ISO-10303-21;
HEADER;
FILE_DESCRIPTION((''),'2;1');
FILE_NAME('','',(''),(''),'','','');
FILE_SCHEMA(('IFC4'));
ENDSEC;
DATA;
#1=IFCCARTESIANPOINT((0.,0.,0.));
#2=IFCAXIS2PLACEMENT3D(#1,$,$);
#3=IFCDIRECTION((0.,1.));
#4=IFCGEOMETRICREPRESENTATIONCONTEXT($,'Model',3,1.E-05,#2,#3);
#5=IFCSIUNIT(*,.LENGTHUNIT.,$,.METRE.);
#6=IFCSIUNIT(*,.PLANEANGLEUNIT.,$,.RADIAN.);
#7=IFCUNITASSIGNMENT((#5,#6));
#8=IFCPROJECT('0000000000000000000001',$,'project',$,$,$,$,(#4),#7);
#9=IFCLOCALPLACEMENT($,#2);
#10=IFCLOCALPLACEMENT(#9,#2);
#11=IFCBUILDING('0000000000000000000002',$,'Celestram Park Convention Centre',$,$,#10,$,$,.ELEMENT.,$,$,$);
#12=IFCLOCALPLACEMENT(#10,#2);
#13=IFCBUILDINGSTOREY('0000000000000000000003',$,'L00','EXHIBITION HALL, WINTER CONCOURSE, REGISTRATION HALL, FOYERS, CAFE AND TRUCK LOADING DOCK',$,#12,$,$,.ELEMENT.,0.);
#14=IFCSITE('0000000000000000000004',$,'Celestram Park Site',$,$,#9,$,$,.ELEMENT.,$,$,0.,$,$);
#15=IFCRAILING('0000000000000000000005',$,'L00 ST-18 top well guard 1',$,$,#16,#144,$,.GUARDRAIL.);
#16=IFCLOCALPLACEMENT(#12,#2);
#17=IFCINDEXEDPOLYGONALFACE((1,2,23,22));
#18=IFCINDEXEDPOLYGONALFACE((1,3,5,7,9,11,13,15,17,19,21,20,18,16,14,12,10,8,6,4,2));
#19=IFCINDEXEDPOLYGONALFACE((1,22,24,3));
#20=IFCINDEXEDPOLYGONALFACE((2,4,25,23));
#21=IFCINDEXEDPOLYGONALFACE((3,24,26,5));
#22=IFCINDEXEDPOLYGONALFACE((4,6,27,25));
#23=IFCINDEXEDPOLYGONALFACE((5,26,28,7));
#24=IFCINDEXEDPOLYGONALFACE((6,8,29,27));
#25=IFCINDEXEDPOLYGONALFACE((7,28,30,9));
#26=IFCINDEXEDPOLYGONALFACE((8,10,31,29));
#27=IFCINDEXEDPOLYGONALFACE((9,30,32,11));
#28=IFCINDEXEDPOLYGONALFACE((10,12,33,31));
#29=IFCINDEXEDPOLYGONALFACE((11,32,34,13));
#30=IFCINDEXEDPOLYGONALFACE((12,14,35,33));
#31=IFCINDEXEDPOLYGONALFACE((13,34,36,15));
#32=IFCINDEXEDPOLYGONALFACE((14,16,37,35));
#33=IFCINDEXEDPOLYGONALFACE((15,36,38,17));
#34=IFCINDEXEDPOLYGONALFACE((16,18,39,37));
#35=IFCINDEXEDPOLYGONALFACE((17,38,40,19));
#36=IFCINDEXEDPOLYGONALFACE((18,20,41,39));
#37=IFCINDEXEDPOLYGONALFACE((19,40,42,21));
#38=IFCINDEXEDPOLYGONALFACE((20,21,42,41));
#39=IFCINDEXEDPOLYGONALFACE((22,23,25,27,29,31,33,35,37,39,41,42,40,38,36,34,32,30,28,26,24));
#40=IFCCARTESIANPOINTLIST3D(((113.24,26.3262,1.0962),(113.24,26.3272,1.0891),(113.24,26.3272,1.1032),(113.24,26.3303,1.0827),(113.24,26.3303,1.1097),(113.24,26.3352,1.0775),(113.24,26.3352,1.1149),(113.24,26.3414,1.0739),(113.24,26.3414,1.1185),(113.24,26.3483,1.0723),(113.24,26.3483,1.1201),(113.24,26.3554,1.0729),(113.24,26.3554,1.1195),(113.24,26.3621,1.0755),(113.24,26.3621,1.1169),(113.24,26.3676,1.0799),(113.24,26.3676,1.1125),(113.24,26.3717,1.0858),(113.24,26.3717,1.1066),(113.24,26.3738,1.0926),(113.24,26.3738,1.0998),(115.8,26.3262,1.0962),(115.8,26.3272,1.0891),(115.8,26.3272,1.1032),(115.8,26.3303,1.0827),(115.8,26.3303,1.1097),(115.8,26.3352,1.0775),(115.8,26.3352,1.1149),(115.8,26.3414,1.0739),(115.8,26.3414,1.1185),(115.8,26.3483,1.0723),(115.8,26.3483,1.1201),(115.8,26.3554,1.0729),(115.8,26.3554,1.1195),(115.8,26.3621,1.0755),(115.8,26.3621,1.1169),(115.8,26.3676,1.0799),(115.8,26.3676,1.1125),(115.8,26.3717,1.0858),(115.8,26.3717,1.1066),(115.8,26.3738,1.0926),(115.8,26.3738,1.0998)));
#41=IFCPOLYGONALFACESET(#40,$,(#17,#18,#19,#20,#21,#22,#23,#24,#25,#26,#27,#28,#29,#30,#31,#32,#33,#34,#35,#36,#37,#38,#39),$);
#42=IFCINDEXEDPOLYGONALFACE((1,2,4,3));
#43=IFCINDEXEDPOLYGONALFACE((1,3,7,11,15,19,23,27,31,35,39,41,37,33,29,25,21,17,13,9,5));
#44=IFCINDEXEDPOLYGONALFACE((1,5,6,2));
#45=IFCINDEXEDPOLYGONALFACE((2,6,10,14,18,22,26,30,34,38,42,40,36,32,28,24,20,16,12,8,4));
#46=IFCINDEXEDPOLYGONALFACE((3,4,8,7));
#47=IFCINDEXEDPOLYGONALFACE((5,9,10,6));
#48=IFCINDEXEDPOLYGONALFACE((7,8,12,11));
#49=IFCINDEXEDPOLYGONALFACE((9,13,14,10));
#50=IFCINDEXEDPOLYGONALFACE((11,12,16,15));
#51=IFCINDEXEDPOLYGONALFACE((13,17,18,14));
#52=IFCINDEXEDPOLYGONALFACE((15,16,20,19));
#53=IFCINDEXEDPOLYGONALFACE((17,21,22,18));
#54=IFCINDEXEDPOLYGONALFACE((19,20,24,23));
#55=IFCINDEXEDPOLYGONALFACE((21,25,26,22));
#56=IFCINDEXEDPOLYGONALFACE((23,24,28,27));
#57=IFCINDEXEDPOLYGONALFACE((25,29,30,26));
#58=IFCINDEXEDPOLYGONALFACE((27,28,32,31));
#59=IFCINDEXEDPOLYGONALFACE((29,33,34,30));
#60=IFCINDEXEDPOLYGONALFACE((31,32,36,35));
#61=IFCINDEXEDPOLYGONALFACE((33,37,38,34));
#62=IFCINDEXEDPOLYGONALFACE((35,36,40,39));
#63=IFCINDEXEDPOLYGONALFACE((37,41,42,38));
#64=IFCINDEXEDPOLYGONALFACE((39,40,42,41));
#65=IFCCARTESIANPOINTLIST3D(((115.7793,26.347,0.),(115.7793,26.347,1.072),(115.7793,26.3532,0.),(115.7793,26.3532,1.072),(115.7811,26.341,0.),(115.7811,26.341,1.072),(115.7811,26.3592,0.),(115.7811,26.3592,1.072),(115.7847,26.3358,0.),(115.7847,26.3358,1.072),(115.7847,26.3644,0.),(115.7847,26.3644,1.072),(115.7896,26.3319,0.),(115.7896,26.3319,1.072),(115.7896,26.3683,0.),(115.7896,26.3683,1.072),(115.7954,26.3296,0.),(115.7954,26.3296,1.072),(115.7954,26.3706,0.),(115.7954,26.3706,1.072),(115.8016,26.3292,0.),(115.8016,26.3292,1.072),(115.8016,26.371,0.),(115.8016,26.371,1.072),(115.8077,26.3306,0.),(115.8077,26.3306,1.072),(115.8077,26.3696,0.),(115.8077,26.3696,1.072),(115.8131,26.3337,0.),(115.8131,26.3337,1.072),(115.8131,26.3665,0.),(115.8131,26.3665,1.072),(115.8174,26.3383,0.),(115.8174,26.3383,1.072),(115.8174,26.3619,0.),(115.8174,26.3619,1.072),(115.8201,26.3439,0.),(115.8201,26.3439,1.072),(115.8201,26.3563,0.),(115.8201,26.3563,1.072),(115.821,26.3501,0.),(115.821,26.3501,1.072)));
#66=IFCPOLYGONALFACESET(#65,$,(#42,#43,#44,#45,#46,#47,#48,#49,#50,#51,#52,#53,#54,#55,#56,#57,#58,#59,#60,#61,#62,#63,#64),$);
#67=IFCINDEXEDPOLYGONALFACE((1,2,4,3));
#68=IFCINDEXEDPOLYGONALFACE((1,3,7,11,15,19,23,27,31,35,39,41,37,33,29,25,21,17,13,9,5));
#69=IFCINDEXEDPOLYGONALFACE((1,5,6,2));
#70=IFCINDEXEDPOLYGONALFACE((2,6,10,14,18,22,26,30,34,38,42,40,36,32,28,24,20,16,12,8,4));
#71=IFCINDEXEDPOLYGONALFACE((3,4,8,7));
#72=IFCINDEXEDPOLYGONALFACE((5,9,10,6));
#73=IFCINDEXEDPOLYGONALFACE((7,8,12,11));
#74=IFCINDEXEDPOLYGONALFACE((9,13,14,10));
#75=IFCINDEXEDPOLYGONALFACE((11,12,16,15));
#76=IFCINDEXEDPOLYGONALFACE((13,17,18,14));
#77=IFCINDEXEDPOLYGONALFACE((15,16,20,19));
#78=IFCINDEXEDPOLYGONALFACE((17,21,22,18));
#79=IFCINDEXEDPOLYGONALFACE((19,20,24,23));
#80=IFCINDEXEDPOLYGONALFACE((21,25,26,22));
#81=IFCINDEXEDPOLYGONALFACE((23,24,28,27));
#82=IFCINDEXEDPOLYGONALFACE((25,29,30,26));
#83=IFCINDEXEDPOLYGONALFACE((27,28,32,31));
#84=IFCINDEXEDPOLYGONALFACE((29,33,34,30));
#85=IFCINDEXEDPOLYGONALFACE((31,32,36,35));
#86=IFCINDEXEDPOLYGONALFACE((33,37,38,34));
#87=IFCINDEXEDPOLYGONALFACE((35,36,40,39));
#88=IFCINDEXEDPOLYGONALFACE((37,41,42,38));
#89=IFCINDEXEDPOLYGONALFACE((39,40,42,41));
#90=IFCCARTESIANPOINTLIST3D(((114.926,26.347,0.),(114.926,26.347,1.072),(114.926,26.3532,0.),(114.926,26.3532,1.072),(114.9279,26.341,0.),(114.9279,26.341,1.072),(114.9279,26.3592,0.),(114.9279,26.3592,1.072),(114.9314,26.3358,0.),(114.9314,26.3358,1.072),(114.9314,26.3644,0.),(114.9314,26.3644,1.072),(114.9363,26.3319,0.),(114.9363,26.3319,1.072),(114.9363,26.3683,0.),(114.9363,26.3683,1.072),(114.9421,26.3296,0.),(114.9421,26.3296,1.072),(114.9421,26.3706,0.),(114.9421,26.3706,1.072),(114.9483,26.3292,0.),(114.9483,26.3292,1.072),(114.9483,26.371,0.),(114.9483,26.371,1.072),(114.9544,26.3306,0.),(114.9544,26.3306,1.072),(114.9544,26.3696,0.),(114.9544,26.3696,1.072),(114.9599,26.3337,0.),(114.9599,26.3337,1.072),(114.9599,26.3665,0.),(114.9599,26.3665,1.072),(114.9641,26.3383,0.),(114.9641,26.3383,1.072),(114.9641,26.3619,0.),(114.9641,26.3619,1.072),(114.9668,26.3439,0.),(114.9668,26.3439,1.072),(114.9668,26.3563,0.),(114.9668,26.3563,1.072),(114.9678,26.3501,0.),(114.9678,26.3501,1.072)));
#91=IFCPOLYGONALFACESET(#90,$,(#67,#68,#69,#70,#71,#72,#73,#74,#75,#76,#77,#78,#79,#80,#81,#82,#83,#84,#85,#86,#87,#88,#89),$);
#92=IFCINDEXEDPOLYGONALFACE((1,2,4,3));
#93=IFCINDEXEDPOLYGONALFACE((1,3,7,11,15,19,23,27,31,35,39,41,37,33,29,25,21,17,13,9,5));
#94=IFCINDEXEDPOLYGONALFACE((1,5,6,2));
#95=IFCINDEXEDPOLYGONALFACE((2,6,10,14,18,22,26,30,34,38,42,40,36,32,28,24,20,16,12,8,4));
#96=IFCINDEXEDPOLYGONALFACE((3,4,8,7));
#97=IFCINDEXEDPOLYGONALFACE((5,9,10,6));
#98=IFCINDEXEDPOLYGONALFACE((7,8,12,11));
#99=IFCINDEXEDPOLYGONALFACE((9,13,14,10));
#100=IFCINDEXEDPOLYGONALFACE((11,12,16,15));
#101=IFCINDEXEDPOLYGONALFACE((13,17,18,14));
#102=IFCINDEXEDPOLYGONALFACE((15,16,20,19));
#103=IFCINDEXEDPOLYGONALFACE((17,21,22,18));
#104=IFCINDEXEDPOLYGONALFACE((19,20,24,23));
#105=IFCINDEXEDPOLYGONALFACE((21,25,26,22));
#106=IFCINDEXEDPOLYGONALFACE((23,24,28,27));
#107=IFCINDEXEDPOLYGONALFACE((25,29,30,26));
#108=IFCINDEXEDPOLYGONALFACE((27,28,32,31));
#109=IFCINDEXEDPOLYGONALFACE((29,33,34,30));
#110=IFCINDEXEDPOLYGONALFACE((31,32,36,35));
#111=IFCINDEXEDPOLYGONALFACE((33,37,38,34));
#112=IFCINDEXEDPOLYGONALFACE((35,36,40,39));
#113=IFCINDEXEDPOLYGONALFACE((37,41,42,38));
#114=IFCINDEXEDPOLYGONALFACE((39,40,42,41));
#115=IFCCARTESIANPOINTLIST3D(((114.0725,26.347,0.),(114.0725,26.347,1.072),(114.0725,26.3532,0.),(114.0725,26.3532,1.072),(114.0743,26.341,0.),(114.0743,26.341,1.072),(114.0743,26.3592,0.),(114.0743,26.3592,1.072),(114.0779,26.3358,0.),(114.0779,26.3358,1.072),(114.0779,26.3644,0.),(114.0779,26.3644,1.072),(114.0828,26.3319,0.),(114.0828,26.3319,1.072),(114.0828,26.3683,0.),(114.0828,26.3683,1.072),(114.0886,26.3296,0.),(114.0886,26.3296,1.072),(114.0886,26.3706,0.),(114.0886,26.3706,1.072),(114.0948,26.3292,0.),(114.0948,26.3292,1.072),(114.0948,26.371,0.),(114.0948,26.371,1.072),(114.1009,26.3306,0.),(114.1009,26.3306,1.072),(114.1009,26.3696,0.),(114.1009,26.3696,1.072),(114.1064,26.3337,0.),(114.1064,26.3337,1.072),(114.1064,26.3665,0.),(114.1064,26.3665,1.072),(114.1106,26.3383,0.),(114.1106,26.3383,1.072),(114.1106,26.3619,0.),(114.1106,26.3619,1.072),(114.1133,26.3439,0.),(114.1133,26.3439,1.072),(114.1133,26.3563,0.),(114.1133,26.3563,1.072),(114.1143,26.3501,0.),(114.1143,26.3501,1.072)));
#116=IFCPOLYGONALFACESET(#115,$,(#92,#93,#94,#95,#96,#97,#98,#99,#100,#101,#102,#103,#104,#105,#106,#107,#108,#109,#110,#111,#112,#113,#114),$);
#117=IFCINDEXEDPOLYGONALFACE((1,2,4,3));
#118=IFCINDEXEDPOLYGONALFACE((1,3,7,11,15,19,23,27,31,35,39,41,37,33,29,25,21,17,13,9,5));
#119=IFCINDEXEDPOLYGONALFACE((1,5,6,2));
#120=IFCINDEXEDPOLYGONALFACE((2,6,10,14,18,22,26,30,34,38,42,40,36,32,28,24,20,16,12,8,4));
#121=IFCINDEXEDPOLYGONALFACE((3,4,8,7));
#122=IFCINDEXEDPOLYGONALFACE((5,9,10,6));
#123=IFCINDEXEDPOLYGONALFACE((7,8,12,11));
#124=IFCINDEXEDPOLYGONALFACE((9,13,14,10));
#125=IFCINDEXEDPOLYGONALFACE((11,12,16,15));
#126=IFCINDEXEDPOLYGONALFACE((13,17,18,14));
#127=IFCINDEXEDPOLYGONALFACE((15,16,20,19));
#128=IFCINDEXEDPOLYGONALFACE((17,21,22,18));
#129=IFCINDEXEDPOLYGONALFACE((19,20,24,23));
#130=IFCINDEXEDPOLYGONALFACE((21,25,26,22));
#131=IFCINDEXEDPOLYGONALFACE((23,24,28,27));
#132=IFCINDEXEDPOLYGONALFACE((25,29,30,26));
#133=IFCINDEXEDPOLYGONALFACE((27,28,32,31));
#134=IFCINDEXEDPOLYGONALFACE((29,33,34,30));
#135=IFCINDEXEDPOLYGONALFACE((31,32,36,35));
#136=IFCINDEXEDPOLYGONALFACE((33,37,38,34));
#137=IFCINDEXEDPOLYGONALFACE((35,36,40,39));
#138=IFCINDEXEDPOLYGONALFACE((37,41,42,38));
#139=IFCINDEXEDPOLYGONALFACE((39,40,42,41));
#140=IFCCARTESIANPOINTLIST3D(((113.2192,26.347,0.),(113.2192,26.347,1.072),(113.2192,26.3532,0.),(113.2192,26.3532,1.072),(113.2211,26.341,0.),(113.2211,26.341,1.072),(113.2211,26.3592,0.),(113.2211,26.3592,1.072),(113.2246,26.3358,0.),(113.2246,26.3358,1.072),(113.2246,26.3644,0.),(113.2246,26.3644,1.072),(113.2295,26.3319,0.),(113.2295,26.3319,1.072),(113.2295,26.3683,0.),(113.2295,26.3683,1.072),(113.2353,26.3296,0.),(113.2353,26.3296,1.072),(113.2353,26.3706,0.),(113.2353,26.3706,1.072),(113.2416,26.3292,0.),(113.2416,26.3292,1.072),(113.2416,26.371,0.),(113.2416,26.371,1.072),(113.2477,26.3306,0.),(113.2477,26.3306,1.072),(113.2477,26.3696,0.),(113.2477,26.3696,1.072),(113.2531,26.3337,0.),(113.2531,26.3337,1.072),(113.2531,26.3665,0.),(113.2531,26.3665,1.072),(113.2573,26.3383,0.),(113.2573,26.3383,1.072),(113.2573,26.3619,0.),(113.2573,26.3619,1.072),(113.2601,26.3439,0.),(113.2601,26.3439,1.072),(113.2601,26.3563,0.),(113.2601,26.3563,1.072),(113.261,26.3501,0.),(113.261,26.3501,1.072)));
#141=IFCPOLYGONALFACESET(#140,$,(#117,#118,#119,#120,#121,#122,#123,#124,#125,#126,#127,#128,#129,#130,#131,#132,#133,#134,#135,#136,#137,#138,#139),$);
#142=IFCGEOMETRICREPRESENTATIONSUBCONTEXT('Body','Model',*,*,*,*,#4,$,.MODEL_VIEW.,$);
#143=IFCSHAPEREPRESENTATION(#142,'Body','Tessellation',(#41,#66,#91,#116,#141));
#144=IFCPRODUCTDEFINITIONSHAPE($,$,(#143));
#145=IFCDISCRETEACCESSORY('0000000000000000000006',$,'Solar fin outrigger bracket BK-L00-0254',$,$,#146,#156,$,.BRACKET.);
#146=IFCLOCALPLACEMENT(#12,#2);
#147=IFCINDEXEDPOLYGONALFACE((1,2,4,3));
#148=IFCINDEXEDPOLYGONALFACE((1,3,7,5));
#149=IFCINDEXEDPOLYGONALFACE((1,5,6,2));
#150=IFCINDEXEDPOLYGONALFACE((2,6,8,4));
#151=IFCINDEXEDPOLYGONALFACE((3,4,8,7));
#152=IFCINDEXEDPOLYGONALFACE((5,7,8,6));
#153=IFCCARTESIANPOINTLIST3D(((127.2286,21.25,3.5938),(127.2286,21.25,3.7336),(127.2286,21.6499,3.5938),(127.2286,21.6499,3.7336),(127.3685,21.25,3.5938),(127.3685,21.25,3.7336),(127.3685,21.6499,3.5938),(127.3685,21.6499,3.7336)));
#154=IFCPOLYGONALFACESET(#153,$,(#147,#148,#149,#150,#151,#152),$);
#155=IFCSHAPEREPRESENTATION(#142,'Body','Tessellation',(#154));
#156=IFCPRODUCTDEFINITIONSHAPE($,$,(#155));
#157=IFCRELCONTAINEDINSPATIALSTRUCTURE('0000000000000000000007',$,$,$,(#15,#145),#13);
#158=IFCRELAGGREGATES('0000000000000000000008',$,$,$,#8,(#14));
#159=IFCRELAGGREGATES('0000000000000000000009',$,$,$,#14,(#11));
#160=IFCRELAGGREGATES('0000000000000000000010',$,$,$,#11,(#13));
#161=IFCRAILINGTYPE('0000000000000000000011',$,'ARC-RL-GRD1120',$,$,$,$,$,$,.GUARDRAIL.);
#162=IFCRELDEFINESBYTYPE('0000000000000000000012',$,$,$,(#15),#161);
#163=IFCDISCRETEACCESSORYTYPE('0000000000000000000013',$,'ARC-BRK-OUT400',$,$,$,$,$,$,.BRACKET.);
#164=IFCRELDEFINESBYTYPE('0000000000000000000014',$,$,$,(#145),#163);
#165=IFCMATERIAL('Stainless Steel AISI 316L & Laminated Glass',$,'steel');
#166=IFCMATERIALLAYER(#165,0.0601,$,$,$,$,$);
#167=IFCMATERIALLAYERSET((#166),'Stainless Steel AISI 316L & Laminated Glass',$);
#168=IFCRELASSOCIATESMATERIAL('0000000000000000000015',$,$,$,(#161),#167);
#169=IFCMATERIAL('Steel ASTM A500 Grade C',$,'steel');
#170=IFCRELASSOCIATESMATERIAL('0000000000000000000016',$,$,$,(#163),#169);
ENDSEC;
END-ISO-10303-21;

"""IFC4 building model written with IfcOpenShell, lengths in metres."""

from ifc_helpers import new_model, si_unit, direction, frame, origin, origin_2d, place, context, subcontext, project, spatial, rectangle, circle, extrude, material, layer, layer_set, type_object, element, save


model = new_model("IFC4")

# Units and contexts
model_context = context("Model", 3, precision=1e-05, world=origin(), true_north=direction((0.0, 1.0)))
body_context = subcontext(model_context, "Body", "Model", "MODEL_VIEW")
ifc_project = project(units=[si_unit("LENGTHUNIT", "METRE"), si_unit("PLANEANGLEUNIT", "RADIAN")], contexts=[model_context])

# Site, building, storey
site_placement = place(None, origin())
site = spatial("IfcSite", under=ifc_project, at=site_placement, Name="Celestram Park Site", CompositionType="ELEMENT", RefElevation=0.0)
building_placement = place(site_placement, origin())
building = spatial("IfcBuilding", under=site, at=building_placement, Name="Celestram Park Convention Centre", CompositionType="ELEMENT")
storey_placement = place(building_placement, origin())
storey = spatial("IfcBuildingStorey", under=building, at=storey_placement, Name="L00", Description="EXHIBITION HALL, WINTER CONCOURSE, REGISTRATION HALL, FOYERS, CAFE AND TRUCK LOADING DOCK", CompositionType="ELEMENT", Elevation=0.0)

# Shared definitions
ifc_material_1 = material(Name="Steel ASTM A500 Grade C", Category="steel")

# Railing
ifc_material_2 = material(Name="Stainless Steel AISI 316L & Laminated Glass", Category="steel")
ifc_layer_1 = layer(ifc_material_2, 0.0601)
ifc_layer_set_1 = layer_set([ifc_layer_1], Name="Stainless Steel AISI 316L & Laminated Glass")
railing_type = type_object("IfcRailingType", Name="ARC-RL-GRD1120", PredefinedType="GUARDRAIL", material=ifc_layer_set_1)
railing_placement = place(storey_placement, frame((115.8, 26.3501, 0.0)))
element("IfcRailing", 1, at=railing_placement, inside=storey, type_object=railing_type, Name="L00 ST-18 top well guard 1", PredefinedType="GUARDRAIL", context=body_context, shape_type="SweptSolid", body=[
    extrude(circle(Radius=0.0239, at=origin_2d()), frame((0.0, 0.0, 1.0962), z_axis=(-1.0, 0.0, 0.0), x_axis=(0.0, -1.0, 0.0)), (0.0, 0.0, 1.0), 2.5601),
    extrude(circle(Radius=0.021, at=origin_2d()), origin(), (0.0, 0.0, 1.0), 1.072),
    extrude(circle(Radius=0.021, at=origin_2d()), frame((-0.8533, 0.0, 0.0)), (0.0, 0.0, 1.0), 1.072),
    extrude(circle(Radius=0.021, at=origin_2d()), frame((-1.7068, 0.0, 0.0)), (0.0, 0.0, 1.0), 1.072),
    extrude(circle(Radius=0.021, at=origin_2d()), frame((-2.5601, 0.0, 0.0)), (0.0, 0.0, 1.0), 1.072),
])

# Discrete accessory
discrete_accessory_type = type_object("IfcDiscreteAccessoryType", Name="ARC-BRK-OUT400", PredefinedType="BRACKET", material=ifc_material_1)
discrete_accessory_placement = place(storey_placement, frame((127.2986, 21.45, 3.5938), z_axis=(0.0, 0.0, 1.0), x_axis=(0.0, -1.0, 0.0)))
element("IfcDiscreteAccessory", 2, at=discrete_accessory_placement, inside=storey, type_object=discrete_accessory_type, Name="Solar fin outrigger bracket BK-L00-0254", PredefinedType="BRACKET", context=body_context, shape_type="SweptSolid", body=[
    extrude(rectangle(XDim=0.3999, YDim=0.1399, at=origin_2d()), origin(), (0.0, 0.0, 1.0), 0.1399),
])

save(model, "model.ifc")
